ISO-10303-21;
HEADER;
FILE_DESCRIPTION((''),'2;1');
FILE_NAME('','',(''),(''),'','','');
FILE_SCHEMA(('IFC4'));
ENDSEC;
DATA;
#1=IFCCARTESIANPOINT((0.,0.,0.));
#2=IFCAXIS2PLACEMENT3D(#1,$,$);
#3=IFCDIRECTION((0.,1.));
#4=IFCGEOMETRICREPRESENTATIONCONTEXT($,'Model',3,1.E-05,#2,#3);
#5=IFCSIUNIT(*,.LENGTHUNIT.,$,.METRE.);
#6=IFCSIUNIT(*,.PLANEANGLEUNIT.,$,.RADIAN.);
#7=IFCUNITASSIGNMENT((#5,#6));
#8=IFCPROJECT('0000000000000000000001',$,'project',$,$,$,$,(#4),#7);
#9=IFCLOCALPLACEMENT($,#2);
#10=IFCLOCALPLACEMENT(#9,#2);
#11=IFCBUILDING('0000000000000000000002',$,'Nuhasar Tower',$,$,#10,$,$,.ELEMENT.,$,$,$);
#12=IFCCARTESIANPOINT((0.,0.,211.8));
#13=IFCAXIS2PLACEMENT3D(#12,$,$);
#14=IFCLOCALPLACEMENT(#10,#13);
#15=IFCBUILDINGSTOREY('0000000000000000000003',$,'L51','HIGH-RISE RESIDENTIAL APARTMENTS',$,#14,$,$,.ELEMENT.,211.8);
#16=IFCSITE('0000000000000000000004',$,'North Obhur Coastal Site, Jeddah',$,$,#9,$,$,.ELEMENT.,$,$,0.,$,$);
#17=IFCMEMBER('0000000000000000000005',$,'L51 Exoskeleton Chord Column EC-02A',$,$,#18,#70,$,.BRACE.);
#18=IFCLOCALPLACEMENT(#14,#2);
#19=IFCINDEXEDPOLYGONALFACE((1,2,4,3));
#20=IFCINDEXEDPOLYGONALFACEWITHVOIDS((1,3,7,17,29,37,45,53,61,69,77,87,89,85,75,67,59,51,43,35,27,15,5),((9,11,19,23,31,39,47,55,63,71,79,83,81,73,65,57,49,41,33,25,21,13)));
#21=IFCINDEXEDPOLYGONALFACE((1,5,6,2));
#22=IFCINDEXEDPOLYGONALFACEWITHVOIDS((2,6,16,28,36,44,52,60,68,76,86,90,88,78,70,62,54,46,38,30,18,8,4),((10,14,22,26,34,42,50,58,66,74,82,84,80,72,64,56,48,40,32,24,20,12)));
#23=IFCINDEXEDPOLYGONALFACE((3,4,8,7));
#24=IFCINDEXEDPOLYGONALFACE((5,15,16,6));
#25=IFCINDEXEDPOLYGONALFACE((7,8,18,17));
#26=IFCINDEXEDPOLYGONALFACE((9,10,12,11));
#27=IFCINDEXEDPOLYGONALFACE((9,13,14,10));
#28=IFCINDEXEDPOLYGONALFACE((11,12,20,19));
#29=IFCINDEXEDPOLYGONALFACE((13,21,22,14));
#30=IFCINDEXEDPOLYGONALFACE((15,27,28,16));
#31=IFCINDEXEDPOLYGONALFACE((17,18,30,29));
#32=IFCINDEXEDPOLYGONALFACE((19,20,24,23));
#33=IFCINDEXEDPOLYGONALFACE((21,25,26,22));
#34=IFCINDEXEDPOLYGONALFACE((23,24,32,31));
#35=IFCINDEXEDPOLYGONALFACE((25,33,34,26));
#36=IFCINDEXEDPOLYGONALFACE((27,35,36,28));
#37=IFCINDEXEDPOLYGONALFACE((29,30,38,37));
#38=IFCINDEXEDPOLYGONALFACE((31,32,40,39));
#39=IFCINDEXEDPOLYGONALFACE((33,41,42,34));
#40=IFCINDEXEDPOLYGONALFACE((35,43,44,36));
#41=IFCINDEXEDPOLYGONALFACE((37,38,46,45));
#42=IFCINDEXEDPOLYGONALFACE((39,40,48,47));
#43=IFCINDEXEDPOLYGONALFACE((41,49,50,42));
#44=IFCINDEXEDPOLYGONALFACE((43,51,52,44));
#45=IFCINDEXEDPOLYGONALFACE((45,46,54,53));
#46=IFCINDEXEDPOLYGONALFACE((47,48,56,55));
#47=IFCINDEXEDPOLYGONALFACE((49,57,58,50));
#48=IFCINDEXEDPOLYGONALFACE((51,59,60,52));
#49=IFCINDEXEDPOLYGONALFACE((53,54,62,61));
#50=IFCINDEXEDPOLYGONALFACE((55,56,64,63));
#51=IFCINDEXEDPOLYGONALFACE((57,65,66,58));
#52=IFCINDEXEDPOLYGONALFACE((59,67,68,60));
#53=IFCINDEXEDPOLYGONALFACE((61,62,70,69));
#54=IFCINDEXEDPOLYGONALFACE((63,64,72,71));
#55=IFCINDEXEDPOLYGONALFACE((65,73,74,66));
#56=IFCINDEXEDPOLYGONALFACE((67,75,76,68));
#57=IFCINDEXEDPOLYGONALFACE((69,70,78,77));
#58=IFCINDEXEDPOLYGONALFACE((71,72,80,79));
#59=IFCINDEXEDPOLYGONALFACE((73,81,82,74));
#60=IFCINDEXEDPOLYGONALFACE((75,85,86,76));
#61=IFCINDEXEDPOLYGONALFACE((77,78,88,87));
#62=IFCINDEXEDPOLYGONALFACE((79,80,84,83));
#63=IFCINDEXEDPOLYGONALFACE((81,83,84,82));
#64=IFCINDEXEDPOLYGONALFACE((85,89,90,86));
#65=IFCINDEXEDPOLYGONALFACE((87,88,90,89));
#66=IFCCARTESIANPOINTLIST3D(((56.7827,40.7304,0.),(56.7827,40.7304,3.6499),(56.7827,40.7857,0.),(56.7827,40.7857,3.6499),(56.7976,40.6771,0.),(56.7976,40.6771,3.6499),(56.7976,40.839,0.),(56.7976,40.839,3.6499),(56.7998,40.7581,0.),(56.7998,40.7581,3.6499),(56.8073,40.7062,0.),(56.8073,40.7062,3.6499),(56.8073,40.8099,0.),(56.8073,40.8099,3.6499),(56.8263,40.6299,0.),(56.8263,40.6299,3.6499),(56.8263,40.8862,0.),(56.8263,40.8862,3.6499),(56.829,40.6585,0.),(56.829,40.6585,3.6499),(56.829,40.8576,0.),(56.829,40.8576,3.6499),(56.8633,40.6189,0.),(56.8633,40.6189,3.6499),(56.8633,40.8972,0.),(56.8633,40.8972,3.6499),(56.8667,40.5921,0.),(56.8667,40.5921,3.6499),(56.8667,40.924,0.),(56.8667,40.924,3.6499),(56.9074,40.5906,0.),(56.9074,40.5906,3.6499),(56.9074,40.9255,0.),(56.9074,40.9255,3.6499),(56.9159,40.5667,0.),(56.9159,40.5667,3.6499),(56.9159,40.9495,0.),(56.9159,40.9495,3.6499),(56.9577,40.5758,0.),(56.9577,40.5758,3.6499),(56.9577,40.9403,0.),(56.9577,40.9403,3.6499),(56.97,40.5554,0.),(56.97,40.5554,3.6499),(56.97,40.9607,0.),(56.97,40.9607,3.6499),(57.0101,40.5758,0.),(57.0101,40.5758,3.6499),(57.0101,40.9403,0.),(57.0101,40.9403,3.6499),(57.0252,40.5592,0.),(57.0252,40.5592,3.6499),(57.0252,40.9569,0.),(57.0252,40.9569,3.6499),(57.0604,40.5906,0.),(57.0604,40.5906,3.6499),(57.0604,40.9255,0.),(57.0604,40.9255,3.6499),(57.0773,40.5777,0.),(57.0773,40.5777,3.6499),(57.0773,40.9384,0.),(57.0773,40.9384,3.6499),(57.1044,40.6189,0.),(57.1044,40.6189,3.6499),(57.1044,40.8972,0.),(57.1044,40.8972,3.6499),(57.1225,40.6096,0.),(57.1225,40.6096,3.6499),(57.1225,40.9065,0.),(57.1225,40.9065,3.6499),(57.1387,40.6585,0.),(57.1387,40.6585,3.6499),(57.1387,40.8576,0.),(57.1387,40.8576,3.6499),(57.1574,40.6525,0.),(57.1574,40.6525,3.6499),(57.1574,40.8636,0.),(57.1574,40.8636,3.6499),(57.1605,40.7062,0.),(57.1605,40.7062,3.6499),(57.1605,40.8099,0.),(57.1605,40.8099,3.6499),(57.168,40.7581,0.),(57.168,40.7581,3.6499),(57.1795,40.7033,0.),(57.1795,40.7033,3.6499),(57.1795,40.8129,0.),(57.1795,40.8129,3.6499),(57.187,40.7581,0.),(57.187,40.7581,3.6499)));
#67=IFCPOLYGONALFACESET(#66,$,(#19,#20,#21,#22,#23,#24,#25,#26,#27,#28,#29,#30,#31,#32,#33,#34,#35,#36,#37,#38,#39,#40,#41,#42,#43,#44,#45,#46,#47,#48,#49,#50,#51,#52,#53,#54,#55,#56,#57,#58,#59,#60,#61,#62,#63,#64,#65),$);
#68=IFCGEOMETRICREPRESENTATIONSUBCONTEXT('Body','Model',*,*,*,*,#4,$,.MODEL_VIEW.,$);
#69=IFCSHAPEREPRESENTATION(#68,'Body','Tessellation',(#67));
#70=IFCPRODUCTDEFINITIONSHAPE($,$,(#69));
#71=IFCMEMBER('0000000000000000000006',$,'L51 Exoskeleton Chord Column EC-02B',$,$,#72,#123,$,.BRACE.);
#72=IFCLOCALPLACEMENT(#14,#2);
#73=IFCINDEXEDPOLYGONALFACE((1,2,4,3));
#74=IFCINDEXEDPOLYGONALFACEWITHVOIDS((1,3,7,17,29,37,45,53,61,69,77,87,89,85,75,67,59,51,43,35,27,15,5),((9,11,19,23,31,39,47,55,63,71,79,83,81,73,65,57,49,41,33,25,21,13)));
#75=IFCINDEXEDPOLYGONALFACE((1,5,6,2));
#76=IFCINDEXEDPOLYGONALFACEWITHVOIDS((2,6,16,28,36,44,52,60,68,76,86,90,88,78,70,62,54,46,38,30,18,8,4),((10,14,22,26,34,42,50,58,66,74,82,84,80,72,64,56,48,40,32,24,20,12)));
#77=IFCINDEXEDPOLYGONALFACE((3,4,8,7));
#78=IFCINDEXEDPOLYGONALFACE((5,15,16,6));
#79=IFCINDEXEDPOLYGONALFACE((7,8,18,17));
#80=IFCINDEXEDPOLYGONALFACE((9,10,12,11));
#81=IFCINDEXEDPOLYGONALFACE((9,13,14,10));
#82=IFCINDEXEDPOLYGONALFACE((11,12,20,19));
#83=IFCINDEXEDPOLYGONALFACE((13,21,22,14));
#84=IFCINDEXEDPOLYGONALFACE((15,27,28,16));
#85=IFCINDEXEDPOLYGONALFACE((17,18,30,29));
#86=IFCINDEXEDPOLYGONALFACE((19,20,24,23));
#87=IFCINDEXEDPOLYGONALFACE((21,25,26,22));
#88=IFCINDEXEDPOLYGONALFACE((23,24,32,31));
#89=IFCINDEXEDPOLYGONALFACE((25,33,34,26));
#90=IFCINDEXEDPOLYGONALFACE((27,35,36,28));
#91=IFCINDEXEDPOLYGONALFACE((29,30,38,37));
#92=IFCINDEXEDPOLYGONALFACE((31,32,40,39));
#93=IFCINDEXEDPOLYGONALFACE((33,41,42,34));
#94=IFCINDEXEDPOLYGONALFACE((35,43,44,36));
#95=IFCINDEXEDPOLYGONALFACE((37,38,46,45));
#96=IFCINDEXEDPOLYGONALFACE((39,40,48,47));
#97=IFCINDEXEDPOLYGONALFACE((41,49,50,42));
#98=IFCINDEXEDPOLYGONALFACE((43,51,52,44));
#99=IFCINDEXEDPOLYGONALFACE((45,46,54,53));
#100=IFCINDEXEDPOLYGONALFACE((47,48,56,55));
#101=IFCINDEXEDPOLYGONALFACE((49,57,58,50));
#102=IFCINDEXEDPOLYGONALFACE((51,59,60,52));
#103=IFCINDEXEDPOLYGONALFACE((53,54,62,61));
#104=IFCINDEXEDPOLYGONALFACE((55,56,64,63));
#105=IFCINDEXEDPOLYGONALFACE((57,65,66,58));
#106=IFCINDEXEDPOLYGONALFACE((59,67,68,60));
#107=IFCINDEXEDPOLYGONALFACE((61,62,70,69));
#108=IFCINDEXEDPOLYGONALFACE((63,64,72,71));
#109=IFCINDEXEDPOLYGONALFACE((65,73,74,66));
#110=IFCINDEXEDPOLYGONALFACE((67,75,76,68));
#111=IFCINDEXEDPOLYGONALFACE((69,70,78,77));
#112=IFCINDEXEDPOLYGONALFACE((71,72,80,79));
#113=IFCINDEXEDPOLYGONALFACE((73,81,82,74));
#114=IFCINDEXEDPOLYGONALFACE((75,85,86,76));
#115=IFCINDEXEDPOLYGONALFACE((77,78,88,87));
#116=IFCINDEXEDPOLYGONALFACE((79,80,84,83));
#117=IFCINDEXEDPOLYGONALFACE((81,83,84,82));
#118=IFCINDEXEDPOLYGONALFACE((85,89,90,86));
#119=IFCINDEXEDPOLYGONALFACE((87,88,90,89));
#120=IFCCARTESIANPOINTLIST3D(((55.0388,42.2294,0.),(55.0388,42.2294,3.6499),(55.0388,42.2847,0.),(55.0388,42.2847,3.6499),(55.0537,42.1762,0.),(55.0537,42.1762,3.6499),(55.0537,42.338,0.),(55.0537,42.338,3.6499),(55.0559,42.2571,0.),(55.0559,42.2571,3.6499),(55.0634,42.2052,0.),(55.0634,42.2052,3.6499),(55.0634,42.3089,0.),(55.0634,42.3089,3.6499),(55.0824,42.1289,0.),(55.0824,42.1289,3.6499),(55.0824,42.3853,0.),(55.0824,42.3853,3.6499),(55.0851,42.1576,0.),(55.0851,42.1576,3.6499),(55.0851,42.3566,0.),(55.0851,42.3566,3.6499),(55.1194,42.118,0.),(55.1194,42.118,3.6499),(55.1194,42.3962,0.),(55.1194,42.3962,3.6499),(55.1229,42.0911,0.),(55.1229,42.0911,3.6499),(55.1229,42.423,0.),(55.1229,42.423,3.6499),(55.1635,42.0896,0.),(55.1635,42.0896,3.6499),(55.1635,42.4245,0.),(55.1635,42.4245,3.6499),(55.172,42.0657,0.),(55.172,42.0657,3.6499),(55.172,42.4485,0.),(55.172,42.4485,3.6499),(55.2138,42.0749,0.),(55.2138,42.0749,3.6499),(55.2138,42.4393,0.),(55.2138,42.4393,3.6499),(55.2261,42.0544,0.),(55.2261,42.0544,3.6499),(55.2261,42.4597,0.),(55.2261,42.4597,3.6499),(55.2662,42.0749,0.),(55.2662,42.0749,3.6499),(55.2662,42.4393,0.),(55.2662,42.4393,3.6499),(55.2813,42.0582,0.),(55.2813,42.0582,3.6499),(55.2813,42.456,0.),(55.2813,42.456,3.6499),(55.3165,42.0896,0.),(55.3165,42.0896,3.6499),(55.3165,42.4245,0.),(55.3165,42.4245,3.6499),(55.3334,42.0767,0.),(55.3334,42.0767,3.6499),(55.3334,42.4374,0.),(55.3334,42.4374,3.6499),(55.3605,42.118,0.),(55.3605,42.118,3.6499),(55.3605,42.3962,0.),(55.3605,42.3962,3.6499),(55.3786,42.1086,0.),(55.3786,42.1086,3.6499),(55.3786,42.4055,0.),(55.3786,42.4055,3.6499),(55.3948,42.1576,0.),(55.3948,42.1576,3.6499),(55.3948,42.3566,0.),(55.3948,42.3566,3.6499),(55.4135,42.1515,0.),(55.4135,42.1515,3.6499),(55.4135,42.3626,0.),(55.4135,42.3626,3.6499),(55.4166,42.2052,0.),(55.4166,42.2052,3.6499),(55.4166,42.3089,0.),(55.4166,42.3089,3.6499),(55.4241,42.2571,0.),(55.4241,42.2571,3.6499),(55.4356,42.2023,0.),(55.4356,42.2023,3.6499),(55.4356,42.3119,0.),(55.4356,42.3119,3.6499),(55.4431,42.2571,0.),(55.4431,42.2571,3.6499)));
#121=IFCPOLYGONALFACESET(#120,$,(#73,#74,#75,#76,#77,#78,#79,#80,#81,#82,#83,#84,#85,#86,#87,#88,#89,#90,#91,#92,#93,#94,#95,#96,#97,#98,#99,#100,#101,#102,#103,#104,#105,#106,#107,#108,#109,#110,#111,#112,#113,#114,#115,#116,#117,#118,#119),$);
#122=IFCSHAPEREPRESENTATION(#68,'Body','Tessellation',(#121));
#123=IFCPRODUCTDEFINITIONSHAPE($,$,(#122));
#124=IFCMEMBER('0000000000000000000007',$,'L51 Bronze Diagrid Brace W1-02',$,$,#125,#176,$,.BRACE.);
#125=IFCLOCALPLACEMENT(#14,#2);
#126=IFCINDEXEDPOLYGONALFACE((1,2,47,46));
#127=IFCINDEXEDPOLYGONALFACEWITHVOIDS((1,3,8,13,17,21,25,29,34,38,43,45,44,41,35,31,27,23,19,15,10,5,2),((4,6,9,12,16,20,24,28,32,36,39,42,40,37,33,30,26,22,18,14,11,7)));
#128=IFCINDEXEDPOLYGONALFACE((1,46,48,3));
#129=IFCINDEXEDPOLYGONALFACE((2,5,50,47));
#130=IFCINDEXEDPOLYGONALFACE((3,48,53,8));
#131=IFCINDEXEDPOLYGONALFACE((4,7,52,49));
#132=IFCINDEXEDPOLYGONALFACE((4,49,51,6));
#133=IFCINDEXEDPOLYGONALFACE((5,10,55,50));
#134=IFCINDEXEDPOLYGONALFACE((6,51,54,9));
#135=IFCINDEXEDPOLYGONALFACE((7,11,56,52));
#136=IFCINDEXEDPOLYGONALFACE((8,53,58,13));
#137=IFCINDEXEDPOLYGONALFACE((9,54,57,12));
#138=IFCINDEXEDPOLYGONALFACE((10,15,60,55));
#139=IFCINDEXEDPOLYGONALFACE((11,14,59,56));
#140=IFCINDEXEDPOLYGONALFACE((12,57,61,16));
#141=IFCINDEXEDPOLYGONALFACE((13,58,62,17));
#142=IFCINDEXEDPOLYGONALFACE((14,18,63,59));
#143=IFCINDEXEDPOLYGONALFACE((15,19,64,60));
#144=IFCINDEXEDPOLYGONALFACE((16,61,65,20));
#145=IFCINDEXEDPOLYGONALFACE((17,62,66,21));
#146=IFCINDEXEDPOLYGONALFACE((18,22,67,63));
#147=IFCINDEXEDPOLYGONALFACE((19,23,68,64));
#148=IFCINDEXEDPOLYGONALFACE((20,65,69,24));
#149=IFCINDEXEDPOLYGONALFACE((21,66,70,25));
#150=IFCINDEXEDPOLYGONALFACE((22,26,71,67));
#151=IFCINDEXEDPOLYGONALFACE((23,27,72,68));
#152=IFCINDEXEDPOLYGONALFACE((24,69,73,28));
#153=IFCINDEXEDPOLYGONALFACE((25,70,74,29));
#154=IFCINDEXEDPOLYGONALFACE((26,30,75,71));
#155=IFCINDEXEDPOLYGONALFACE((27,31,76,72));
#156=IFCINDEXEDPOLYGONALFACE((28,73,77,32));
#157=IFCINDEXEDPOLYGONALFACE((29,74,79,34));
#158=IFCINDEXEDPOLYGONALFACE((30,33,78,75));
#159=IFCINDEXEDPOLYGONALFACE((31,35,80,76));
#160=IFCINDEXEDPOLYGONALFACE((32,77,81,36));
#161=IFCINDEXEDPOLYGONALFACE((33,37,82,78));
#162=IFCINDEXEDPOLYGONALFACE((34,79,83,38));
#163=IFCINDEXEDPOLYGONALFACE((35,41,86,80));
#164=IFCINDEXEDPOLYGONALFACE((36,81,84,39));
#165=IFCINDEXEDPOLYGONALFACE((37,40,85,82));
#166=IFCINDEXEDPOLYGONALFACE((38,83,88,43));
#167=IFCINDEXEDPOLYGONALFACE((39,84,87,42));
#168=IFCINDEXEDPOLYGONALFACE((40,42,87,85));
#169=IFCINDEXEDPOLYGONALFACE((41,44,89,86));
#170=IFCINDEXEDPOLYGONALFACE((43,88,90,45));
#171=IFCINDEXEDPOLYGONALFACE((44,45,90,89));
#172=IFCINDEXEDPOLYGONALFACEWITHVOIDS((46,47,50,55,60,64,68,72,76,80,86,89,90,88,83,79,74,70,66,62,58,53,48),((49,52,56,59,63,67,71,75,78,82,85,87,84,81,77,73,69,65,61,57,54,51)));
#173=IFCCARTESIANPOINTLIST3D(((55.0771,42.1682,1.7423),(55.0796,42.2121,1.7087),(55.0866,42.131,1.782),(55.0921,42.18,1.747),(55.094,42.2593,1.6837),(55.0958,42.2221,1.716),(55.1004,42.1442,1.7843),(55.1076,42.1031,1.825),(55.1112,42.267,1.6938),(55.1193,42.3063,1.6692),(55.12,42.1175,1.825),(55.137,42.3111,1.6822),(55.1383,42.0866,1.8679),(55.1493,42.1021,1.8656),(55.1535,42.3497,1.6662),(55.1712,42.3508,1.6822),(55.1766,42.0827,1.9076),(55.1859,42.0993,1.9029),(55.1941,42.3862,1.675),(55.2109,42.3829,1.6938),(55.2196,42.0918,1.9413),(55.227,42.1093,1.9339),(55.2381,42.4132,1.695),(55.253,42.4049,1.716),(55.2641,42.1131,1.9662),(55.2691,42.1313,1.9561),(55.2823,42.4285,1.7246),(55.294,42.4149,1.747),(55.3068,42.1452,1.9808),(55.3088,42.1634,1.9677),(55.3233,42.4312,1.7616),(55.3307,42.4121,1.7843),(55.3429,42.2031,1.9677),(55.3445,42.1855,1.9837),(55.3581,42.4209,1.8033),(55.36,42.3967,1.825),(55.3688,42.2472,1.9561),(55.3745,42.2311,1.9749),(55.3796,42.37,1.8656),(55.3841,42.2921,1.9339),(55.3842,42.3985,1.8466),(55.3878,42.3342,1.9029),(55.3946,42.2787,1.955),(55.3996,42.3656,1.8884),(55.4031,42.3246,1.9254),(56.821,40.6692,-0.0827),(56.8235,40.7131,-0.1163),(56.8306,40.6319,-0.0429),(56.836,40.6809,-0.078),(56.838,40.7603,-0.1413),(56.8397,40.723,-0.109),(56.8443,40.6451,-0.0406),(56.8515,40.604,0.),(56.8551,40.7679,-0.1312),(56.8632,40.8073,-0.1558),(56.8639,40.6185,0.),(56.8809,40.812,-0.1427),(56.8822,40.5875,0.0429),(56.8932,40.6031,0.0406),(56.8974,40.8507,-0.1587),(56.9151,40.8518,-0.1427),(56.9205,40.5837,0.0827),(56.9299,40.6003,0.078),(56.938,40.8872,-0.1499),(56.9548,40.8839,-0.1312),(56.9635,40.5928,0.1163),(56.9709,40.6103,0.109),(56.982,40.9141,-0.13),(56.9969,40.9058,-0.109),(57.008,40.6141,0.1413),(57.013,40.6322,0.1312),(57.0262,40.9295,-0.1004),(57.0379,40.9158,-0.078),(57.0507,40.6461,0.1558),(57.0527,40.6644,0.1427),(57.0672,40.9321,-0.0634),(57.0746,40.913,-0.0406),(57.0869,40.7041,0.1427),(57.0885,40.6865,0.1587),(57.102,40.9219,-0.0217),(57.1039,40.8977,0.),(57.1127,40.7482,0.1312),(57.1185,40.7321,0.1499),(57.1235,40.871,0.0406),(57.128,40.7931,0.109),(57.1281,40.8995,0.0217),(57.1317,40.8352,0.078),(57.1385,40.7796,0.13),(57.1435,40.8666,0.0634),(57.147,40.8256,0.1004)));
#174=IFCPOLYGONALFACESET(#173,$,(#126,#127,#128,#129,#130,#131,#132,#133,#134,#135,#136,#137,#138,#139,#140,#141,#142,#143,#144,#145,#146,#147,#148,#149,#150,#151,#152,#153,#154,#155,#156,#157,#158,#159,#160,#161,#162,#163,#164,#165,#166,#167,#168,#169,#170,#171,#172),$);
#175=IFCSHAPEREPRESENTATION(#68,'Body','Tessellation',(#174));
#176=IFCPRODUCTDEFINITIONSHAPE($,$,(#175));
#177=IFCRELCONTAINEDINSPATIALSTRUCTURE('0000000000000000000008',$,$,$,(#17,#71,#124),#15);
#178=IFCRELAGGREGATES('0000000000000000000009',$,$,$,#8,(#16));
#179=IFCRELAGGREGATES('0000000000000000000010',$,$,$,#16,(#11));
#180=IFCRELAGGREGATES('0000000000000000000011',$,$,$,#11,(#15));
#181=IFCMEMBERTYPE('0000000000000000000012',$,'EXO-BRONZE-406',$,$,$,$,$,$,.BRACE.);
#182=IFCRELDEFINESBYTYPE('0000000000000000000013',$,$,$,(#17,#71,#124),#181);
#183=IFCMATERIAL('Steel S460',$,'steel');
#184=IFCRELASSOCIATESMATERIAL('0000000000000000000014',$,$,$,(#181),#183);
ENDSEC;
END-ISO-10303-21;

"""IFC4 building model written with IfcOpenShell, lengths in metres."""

from ifc_helpers import new_model, si_unit, direction, frame, origin, origin_2d, place, context, subcontext, project, spatial, hollow_circle, extrude, material, material_profile, profile_set, type_object, element, save


model = new_model("IFC4")

# Units and contexts
model_context = context("Model", 3, precision=1e-05, world=origin(), true_north=direction((0.0, 1.0)))
body_context = subcontext(model_context, "Body", "Model", "MODEL_VIEW")
ifc_project = project(units=[si_unit("LENGTHUNIT", "METRE"), si_unit("PLANEANGLEUNIT", "RADIAN")], contexts=[model_context])

# Site, building, storey
site_placement = place(None, origin())
site = spatial("IfcSite", under=ifc_project, at=site_placement, Name="North Obhur Coastal Site, Jeddah", CompositionType="ELEMENT", RefElevation=0.0)
building_placement = place(site_placement, origin())
building = spatial("IfcBuilding", under=site, at=building_placement, Name="Nuhasar Tower", CompositionType="ELEMENT")
storey_placement = place(building_placement, frame((0.0, 0.0, 211.8)))
storey = spatial("IfcBuildingStorey", under=building, at=storey_placement, Name="L51", Description="HIGH-RISE RESIDENTIAL APARTMENTS", CompositionType="ELEMENT", Elevation=211.8)

# Members
ifc_material_1 = material(Name="Steel S460", Category="steel")
ifc_material_profile_1 = material_profile(ifc_material_1, hollow_circle(Radius=0.2031, WallThickness=0.019, at=origin_2d()), Name="HSS406.4X19.1")
ifc_profile_set_1 = profile_set([ifc_material_profile_1], Name="Steel S460")
member_type_1 = type_object("IfcMemberType", Name="EXO-BRONZE-406", PredefinedType="BRACE", material=ifc_profile_set_1)
for number, where, z_axis, x_axis, name in (
    (1, (56.9839, 40.7581, 0.0), (0.0, 0.0, 1.0), (1.0, 0.0, 0.0), "L51 Exoskeleton Chord Column EC-02A"),
    (2, (55.24, 42.2571, 0.0), (0.0, 0.0, 1.0), (1.0, 0.0, 0.0), "L51 Exoskeleton Chord Column EC-02B"),
):
    element("IfcMember", number, at=place(storey_placement, frame(where, z_axis=z_axis, x_axis=x_axis)), inside=storey, type_object=member_type_1, Name=name, PredefinedType="BRACE", context=body_context, shape_type="SweptSolid", body=[
        extrude(hollow_circle(Radius=0.2031, WallThickness=0.019, at=origin_2d()), origin(), (0.0, 0.0, 1.0), 3.6499),
    ])
for number, where, z_axis, x_axis, name in (
    (3, (56.9839, 40.7581, 0.0), (-0.594019, 0.510608, 0.621628), (-0.651857, -0.758342, 0.0), "L51 Bronze Diagrid Brace W1-02"),
):
    element("IfcMember", number, at=place(storey_placement, frame(where, z_axis=z_axis, x_axis=x_axis)), inside=storey, type_object=member_type_1, Name=name, PredefinedType="BRACE", context=body_context, shape_type="SweptSolid", body=[
        extrude(hollow_circle(Radius=0.2031, WallThickness=0.019, at=origin_2d()), origin(), (0.0, 0.0, 1.0), 2.9358),
    ])

save(model, "model.ifc")
